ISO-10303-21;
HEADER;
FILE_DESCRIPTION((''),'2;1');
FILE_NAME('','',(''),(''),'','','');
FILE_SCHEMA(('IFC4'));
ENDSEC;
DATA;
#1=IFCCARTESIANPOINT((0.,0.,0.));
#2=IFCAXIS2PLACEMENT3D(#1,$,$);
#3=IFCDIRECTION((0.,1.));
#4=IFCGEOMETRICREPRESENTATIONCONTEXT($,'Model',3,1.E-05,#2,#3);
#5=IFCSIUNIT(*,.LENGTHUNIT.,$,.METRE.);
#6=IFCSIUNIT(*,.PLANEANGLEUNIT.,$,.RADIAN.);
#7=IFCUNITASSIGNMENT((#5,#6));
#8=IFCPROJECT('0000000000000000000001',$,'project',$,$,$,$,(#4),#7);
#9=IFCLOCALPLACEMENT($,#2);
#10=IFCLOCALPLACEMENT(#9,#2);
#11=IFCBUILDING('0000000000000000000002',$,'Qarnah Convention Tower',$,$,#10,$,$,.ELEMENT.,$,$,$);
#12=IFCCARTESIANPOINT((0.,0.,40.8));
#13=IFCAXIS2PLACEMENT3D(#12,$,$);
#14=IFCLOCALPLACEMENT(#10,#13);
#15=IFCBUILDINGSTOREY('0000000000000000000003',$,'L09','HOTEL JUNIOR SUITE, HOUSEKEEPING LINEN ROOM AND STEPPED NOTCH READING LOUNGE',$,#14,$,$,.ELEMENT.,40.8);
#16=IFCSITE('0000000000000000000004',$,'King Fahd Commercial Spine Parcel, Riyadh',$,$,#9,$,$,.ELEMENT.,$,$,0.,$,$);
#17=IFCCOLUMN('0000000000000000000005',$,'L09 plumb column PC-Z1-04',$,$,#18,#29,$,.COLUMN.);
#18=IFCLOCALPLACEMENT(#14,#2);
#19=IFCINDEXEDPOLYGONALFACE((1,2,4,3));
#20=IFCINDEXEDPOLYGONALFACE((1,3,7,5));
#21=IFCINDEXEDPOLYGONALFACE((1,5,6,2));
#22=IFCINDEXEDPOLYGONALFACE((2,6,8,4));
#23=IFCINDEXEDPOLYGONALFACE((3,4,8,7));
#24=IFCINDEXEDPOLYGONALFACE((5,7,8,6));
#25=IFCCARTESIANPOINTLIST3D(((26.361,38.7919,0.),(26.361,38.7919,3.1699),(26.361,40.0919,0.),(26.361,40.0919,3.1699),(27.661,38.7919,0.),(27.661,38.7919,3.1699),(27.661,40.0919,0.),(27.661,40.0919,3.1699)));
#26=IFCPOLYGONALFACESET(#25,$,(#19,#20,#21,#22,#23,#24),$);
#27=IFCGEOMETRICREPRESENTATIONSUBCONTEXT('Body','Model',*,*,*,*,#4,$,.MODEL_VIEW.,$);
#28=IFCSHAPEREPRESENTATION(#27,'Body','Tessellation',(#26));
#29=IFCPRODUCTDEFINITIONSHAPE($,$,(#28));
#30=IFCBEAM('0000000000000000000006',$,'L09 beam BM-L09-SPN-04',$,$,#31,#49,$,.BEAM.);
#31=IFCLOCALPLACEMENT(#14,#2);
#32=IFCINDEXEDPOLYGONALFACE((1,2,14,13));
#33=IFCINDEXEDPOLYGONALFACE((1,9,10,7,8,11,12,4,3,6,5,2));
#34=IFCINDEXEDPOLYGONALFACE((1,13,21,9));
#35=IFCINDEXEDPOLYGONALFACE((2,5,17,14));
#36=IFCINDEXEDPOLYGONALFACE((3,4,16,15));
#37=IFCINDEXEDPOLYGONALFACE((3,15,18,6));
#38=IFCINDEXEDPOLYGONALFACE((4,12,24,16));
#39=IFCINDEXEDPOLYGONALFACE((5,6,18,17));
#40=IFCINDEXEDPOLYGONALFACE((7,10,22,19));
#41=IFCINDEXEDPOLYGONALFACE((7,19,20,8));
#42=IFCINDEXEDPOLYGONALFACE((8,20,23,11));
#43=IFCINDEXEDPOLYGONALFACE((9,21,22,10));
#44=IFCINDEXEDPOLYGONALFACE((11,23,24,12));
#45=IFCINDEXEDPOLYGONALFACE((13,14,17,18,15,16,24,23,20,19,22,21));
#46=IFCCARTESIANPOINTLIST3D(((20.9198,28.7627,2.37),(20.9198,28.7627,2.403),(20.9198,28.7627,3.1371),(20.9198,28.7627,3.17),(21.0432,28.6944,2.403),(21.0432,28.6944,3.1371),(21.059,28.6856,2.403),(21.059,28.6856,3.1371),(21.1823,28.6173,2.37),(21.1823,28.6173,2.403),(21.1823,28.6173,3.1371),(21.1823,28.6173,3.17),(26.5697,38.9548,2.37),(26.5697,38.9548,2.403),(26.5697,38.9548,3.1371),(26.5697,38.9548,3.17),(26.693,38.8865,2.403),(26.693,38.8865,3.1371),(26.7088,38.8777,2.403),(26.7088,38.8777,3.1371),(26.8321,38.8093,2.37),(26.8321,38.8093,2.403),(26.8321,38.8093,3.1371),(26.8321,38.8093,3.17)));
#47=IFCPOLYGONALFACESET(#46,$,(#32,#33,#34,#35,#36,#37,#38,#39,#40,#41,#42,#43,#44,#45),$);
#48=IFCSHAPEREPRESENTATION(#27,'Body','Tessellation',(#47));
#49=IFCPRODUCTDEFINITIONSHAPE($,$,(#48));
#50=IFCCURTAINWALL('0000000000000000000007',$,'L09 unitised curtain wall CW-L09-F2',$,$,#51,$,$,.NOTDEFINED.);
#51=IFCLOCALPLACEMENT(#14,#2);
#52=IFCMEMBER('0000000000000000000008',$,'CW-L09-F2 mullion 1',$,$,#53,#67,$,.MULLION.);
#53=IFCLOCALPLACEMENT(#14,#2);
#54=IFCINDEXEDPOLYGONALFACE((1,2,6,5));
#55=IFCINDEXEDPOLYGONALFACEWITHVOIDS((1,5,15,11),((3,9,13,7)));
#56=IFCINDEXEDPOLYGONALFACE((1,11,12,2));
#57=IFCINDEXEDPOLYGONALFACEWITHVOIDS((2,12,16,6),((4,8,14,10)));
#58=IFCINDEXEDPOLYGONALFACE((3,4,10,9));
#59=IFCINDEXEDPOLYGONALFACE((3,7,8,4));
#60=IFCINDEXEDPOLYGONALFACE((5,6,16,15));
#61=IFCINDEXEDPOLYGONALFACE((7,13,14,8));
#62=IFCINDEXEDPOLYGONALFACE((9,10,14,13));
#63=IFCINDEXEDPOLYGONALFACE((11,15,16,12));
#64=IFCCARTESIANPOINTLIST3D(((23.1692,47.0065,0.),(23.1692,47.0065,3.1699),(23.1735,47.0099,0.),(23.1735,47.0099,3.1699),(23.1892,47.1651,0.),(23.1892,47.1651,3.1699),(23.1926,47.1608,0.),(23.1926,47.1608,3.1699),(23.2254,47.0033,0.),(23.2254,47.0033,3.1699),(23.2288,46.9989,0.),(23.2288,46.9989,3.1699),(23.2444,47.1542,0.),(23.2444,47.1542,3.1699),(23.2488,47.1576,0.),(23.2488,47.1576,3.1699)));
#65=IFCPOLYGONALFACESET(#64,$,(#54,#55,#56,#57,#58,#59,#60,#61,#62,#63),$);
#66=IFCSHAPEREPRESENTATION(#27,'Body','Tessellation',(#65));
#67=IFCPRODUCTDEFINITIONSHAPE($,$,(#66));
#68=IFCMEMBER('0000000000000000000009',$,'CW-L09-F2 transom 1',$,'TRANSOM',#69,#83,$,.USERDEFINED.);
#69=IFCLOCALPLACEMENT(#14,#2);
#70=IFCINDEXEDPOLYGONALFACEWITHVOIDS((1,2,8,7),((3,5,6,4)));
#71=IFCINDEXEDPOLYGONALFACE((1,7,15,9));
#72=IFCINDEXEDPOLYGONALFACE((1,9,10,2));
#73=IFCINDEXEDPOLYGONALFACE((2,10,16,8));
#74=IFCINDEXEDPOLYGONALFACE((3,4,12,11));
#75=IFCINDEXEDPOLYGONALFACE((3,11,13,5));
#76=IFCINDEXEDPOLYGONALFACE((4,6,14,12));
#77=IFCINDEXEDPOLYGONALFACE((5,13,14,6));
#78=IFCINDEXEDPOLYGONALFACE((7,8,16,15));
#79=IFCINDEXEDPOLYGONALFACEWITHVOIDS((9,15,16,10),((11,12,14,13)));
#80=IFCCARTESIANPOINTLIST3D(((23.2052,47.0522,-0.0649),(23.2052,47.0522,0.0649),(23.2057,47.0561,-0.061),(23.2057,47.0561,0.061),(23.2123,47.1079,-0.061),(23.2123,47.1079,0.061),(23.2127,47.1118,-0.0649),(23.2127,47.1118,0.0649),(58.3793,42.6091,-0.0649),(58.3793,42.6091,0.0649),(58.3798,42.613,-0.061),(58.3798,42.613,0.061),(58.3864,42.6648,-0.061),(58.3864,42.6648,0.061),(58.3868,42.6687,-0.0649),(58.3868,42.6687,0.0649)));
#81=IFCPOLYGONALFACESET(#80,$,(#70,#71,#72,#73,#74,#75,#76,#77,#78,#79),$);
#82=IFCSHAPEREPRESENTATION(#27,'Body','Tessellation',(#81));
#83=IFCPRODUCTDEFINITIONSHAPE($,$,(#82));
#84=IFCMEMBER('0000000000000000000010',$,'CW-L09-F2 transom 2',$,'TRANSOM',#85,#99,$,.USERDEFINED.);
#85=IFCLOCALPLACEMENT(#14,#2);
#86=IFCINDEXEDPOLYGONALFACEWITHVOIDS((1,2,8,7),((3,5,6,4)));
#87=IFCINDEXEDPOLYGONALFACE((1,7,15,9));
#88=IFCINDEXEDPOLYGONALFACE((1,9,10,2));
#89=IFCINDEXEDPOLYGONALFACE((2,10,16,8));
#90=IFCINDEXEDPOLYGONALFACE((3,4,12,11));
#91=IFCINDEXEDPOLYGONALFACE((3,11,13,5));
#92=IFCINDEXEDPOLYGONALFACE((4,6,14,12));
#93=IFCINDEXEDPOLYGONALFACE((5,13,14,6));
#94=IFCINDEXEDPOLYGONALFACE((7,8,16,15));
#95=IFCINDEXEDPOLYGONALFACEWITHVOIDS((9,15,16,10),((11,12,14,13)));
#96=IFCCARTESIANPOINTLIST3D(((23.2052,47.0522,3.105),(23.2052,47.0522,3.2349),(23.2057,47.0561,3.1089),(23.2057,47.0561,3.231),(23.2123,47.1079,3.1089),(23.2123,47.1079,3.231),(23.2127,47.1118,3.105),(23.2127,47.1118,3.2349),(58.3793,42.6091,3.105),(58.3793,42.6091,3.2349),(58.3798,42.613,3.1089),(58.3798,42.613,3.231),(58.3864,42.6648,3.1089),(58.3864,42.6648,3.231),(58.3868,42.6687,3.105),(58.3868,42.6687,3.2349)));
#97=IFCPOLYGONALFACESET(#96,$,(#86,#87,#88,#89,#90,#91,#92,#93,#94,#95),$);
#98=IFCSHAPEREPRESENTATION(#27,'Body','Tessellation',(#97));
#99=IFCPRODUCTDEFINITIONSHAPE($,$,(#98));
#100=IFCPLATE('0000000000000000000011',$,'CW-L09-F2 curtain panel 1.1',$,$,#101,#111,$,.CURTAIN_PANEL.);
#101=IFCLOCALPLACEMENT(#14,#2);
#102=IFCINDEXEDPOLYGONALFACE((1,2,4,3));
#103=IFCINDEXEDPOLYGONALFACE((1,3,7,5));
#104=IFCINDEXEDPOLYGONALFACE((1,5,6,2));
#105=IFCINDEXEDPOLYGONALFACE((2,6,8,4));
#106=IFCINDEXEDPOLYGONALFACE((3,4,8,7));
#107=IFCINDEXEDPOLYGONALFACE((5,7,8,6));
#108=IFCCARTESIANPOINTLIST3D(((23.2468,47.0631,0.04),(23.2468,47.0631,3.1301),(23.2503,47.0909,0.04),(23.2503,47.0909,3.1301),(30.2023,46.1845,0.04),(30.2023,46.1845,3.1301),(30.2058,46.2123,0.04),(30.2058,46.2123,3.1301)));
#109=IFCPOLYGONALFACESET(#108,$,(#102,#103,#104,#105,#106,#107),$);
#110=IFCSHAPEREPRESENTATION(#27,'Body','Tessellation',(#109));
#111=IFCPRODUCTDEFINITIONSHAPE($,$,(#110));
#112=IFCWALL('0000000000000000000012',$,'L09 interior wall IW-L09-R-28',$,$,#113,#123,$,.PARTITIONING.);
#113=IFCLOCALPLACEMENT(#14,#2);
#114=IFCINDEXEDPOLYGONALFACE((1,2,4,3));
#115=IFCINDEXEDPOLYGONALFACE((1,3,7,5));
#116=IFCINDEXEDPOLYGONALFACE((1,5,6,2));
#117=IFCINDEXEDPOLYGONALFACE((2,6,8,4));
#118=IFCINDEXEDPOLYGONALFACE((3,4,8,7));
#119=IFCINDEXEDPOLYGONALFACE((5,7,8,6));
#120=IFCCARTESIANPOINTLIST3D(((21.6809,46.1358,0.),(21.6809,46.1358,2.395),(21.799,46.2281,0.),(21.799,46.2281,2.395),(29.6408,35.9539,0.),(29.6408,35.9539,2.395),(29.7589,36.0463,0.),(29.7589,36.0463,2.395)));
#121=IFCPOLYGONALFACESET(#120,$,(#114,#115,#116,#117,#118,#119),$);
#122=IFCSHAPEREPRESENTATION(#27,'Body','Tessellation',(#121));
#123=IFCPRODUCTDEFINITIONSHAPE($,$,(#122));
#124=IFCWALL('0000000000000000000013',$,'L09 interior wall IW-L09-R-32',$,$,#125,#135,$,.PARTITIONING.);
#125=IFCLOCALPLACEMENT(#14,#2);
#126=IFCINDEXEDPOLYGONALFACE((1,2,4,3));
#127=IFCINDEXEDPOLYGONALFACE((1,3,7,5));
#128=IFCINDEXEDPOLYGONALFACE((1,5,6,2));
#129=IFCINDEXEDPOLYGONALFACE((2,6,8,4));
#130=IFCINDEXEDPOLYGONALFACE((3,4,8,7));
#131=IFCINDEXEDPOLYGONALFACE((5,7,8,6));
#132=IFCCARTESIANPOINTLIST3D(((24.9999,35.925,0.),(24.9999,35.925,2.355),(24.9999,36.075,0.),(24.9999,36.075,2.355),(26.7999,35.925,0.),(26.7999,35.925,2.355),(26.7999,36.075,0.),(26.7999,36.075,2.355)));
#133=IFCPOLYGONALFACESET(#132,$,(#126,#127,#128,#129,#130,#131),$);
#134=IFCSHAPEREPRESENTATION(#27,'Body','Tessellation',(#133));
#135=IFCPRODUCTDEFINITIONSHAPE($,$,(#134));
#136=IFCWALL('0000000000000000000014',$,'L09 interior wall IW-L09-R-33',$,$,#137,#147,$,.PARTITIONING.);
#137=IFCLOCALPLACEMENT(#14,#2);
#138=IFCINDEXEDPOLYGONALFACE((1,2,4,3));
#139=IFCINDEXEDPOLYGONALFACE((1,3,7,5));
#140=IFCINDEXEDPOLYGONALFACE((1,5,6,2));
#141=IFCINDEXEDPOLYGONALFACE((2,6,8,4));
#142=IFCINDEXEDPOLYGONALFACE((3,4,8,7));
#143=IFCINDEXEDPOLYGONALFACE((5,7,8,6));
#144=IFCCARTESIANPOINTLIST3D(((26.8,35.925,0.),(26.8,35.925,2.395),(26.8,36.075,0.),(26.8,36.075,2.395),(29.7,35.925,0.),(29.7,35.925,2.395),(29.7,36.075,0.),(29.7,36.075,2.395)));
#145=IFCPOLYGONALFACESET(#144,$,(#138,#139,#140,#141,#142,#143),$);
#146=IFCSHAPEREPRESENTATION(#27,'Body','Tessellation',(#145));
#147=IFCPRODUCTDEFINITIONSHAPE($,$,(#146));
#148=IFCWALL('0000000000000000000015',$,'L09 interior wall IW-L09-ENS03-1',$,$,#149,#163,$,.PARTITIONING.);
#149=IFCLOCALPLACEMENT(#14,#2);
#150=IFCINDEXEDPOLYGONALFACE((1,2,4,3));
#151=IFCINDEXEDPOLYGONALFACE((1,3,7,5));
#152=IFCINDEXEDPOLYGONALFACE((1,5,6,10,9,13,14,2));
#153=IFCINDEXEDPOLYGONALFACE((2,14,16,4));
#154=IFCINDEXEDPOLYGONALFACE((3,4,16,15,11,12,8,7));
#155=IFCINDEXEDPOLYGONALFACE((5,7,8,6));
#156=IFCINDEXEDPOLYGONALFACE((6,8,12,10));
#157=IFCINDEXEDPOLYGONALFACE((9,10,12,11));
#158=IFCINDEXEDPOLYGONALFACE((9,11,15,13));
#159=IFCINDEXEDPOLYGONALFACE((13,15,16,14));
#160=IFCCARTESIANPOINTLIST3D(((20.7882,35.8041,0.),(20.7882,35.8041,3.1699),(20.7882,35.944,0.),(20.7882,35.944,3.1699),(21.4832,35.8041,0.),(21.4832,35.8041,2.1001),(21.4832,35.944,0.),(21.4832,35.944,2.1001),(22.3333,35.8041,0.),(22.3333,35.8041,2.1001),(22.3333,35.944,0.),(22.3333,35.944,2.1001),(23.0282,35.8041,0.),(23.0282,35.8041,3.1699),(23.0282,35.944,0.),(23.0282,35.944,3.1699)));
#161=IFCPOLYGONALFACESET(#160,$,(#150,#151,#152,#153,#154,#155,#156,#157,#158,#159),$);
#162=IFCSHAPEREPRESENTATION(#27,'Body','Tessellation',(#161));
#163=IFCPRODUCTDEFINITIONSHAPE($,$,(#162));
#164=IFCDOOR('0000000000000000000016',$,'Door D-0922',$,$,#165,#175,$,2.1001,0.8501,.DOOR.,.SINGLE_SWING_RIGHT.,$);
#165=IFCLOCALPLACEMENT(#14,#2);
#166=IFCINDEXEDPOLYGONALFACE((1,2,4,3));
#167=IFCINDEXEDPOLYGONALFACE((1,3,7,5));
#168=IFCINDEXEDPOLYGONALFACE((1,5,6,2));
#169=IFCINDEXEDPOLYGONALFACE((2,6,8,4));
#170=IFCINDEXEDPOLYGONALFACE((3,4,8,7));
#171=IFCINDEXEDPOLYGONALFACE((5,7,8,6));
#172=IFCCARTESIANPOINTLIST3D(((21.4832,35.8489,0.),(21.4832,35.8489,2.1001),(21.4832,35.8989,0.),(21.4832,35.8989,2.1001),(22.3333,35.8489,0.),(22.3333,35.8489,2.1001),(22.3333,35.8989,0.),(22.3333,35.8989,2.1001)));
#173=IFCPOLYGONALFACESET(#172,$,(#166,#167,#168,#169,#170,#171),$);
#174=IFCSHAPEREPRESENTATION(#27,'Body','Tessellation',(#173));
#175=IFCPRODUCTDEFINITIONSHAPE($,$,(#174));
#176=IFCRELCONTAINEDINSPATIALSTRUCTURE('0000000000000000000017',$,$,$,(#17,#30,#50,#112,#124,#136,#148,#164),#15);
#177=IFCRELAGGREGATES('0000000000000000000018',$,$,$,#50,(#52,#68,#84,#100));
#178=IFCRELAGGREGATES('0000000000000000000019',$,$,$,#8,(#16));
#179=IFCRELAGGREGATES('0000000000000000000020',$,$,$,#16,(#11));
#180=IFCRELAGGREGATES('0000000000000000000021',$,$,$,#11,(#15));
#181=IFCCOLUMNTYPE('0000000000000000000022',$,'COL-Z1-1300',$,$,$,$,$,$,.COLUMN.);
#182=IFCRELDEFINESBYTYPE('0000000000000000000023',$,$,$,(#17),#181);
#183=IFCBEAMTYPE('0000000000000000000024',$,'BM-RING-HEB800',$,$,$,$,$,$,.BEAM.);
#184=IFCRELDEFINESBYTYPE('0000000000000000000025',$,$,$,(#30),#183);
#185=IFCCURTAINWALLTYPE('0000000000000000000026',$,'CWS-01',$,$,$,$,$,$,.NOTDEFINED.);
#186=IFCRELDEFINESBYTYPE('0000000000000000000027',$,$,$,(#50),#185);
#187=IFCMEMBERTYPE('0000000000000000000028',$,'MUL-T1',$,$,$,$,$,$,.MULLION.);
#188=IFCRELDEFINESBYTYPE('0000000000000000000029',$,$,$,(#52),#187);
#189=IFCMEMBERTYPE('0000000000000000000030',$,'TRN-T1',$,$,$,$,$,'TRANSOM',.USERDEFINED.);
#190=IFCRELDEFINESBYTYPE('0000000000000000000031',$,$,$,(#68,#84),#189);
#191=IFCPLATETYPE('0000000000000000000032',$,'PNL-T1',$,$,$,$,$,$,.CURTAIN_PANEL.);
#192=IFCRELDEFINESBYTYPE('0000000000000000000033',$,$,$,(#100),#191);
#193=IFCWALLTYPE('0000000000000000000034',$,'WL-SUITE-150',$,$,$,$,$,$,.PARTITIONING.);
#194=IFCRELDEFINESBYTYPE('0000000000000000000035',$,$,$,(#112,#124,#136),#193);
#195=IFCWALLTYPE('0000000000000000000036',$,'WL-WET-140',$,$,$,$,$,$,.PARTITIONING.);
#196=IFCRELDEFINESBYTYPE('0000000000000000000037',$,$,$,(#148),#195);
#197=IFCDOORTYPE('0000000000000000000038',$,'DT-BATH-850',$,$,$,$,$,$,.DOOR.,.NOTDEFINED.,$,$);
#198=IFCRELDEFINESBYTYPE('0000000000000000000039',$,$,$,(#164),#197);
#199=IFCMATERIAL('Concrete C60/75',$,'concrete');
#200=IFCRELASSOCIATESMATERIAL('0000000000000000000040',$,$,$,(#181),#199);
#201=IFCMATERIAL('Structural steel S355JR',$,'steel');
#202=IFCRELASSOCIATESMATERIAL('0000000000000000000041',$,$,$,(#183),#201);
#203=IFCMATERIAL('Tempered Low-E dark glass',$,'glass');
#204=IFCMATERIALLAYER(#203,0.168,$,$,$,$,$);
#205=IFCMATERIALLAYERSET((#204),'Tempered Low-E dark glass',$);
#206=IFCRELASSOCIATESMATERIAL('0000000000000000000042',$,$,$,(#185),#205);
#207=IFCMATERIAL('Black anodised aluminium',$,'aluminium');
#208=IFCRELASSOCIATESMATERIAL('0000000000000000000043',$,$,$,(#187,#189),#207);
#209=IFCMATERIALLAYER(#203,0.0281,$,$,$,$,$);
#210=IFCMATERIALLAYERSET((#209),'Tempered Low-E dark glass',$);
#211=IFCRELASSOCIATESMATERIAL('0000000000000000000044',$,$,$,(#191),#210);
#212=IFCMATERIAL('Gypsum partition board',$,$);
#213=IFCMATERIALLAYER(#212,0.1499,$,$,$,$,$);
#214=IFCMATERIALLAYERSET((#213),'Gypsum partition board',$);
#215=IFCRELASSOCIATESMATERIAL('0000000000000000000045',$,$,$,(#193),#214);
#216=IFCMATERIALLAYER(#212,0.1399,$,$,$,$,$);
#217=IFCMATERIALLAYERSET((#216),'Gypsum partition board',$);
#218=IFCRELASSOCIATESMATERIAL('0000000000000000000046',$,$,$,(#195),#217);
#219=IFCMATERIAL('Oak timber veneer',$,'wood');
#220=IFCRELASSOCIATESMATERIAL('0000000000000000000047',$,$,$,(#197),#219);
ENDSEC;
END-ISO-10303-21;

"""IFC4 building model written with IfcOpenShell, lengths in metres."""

from ifc_helpers import new_model, si_unit, direction, frame, frame_2d, origin, origin_2d, place, context, subcontext, project, spatial, rectangle, hollow_rectangle, i_section, extrude, material, layer, layer_set, material_profile, profile_set, type_object, element, fill, aggregate, save


model = new_model("IFC4")

# Units and contexts
model_context = context("Model", 3, precision=1e-05, world=origin(), true_north=direction((0.0, 1.0)))
body_context = subcontext(model_context, "Body", "Model", "MODEL_VIEW")
ifc_project = project(units=[si_unit("LENGTHUNIT", "METRE"), si_unit("PLANEANGLEUNIT", "RADIAN")], contexts=[model_context])

# Site, building, storey
site_placement = place(None, origin())
site = spatial("IfcSite", under=ifc_project, at=site_placement, Name="King Fahd Commercial Spine Parcel, Riyadh", CompositionType="ELEMENT", RefElevation=0.0)
building_placement = place(site_placement, origin())
building = spatial("IfcBuilding", under=site, at=building_placement, Name="Qarnah Convention Tower", CompositionType="ELEMENT")
storey_placement = place(building_placement, frame((0.0, 0.0, 40.8)))
storey = spatial("IfcBuildingStorey", under=building, at=storey_placement, Name="L09", Description="HOTEL JUNIOR SUITE, HOUSEKEEPING LINEN ROOM AND STEPPED NOTCH READING LOUNGE", CompositionType="ELEMENT", Elevation=40.8)

# Column
ifc_material_1 = material(Name="Concrete C60/75", Category="concrete")
ifc_material_profile_1 = material_profile(ifc_material_1, rectangle(XDim=1.3, YDim=1.3, at=origin_2d()), Name="RC-COL-1300X1300")
ifc_profile_set_1 = profile_set([ifc_material_profile_1], Name="Concrete C60/75")
column_type = type_object("IfcColumnType", Name="COL-Z1-1300", PredefinedType="COLUMN", material=ifc_profile_set_1)
column_placement = place(storey_placement, frame((27.011, 39.4419, 0.0), z_axis=(0.0, 0.0, 1.0), x_axis=(1.0, 0.0, 0.0)))
element("IfcColumn", 1, at=column_placement, inside=storey, type_object=column_type, Name="L09 plumb column PC-Z1-04", PredefinedType="COLUMN", context=body_context, shape_type="SweptSolid", body=[
    extrude(rectangle(XDim=1.3, YDim=1.3, at=origin_2d()), origin(), (0.0, 0.0, 1.0), 3.1699),
])

# Beam
ifc_material_2 = material(Name="Structural steel S355JR", Category="steel")
ifc_material_profile_2 = material_profile(ifc_material_2, i_section(OverallWidth=0.3, OverallDepth=0.8, WebThickness=0.0181, FlangeThickness=0.033, at=origin_2d()), Name="HEB800")
ifc_profile_set_2 = profile_set([ifc_material_profile_2], Name="Structural steel S355JR")
beam_type = type_object("IfcBeamType", Name="BM-RING-HEB800", PredefinedType="BEAM", material=ifc_profile_set_2)
beam_placement = place(storey_placement, frame((26.7009, 38.8821, 2.77), z_axis=(-0.48483, -0.874609, 0.0), x_axis=(0.874609, -0.48483, 0.0)))
element("IfcBeam", 2, at=beam_placement, inside=storey, type_object=beam_type, Name="L09 beam BM-L09-SPN-04", PredefinedType="BEAM", context=body_context, shape_type="SweptSolid", body=[
    extrude(i_section(OverallWidth=0.3, OverallDepth=0.8, WebThickness=0.0181, FlangeThickness=0.033, at=origin_2d()), origin(), (0.0, 0.0, 1.0), 11.6533),
])

# Curtain wall, members, plate
ifc_material_3 = material(Name="Tempered Low-E dark glass", Category="glass")
ifc_layer_1 = layer(ifc_material_3, 0.168)
ifc_layer_set_1 = layer_set([ifc_layer_1], Name="Tempered Low-E dark glass")
curtain_wall_type = type_object("IfcCurtainWallType", Name="CWS-01", PredefinedType="NOTDEFINED", material=ifc_layer_set_1)
curtain_wall_placement = place(storey_placement, origin())
curtain_wall = element("IfcCurtainWall", 3, at=curtain_wall_placement, inside=storey, type_object=curtain_wall_type, Name="L09 unitised curtain wall CW-L09-F2", PredefinedType="NOTDEFINED")
ifc_material_4 = material(Name="Black anodised aluminium", Category="aluminium")
ifc_material_profile_3 = material_profile(ifc_material_4, hollow_rectangle(XDim=0.0601, YDim=0.1599, WallThickness=0.0039, at=origin_2d()), Name="MUL-60X160")
ifc_profile_set_3 = profile_set([ifc_material_profile_3], Name="Black anodised aluminium")
member_type_1 = type_object("IfcMemberType", Name="MUL-T1", PredefinedType="MULLION", material=ifc_profile_set_3)
member_1_placement = place(storey_placement, frame((23.209, 47.082, 0.0), z_axis=(0.0, 0.0, 1.0), x_axis=(0.992116, -0.125319, 0.0)))
member_1 = element("IfcMember", 4, at=member_1_placement, type_object=member_type_1, Name="CW-L09-F2 mullion 1", PredefinedType="MULLION", context=body_context, shape_type="SweptSolid", body=[
    extrude(hollow_rectangle(XDim=0.0601, YDim=0.1599, WallThickness=0.0039, at=origin_2d()), origin(), (0.0, 0.0, 1.0), 3.1699),
])
ifc_material_profile_4 = material_profile(ifc_material_4, hollow_rectangle(XDim=0.0601, YDim=0.1299, WallThickness=0.0039, at=origin_2d()), Name="TRN-60X130")
ifc_profile_set_4 = profile_set([ifc_material_profile_4], Name="Black anodised aluminium")
member_type_2 = type_object("IfcMemberType", Name="TRN-T1", ElementType="TRANSOM", PredefinedType="USERDEFINED", material=ifc_profile_set_4)
member_2_placement = place(storey_placement, frame((23.209, 47.082, 0.0), z_axis=(0.992116, -0.125322, 0.0), x_axis=(0.125322, 0.992116, 0.0)))
member_2 = element("IfcMember", 5, at=member_2_placement, type_object=member_type_2, Name="CW-L09-F2 transom 1", ObjectType="TRANSOM", PredefinedType="USERDEFINED", context=body_context, shape_type="SweptSolid", body=[
    extrude(hollow_rectangle(XDim=0.0601, YDim=0.1299, WallThickness=0.0039, at=origin_2d()), origin(), (0.0, 0.0, 1.0), 35.4536),
])
member_3_placement = place(storey_placement, frame((23.209, 47.082, 3.1699), z_axis=(0.992116, -0.125322, 0.0), x_axis=(0.125322, 0.992116, 0.0)))
member_3 = element("IfcMember", 6, at=member_3_placement, type_object=member_type_2, Name="CW-L09-F2 transom 2", ObjectType="TRANSOM", PredefinedType="USERDEFINED", context=body_context, shape_type="SweptSolid", body=[
    extrude(hollow_rectangle(XDim=0.0601, YDim=0.1299, WallThickness=0.0039, at=origin_2d()), origin(), (0.0, 0.0, 1.0), 35.4536),
])
ifc_layer_2 = layer(ifc_material_3, 0.0281)
ifc_layer_set_2 = layer_set([ifc_layer_2], Name="Tempered Low-E dark glass")
plate_type = type_object("IfcPlateType", Name="PNL-T1", PredefinedType="CURTAIN_PANEL", material=ifc_layer_set_2)
plate_placement = place(storey_placement, frame((26.7263, 46.6377, 0.04), z_axis=(0.0, 0.0, 1.0), x_axis=(0.992116, -0.125319, 0.0)))
plate = element("IfcPlate", 7, at=plate_placement, type_object=plate_type, Name="CW-L09-F2 curtain panel 1.1", PredefinedType="CURTAIN_PANEL", context=body_context, shape_type="SweptSolid", body=[
    extrude(rectangle(XDim=7.0107, YDim=0.0281, at=origin_2d()), origin(), (0.0, 0.0, 1.0), 3.0901),
])
aggregate(curtain_wall, [member_1, member_2, member_3, plate])

# Walls
ifc_material_5 = material(Name="Gypsum partition board")
ifc_layer_3 = layer(ifc_material_5, 0.1499)
ifc_layer_set_3 = layer_set([ifc_layer_3], Name="Gypsum partition board")
wall_type_1 = type_object("IfcWallType", Name="WL-SUITE-150", PredefinedType="PARTITIONING", material=ifc_layer_set_3)
wall_1_placement = place(storey_placement, frame((21.74, 46.1819, 0.0), z_axis=(0.0, 0.0, 1.0), x_axis=(0.615902, -0.787823, 0.0)))
element("IfcWall", 8, at=wall_1_placement, inside=storey, type_object=wall_type_1, Name="L09 interior wall IW-L09-R-28", PredefinedType="PARTITIONING", context=body_context, shape_type="SweptSolid", body=[
    extrude(rectangle(XDim=12.9241, YDim=0.1499, at=frame_2d((6.4619, 0.0))), origin(), (0.0, 0.0, 1.0), 2.395),
])
wall_2_placement = place(storey_placement, frame((25.0, 36.0, 0.0), z_axis=(0.0, 0.0, 1.0), x_axis=(1.0, 0.0, 0.0)))
element("IfcWall", 9, at=wall_2_placement, inside=storey, type_object=wall_type_1, Name="L09 interior wall IW-L09-R-32", PredefinedType="PARTITIONING", context=body_context, shape_type="SweptSolid", body=[
    extrude(rectangle(XDim=1.8, YDim=0.1499, at=frame_2d((0.8999, 0.0))), origin(), (0.0, 0.0, 1.0), 2.355),
])
wall_3_placement = place(storey_placement, frame((26.8, 36.0, 0.0), z_axis=(0.0, 0.0, 1.0), x_axis=(1.0, 0.0, 0.0)))
element("IfcWall", 10, at=wall_3_placement, inside=storey, type_object=wall_type_1, Name="L09 interior wall IW-L09-R-33", PredefinedType="PARTITIONING", context=body_context, shape_type="SweptSolid", body=[
    extrude(rectangle(XDim=2.8999, YDim=0.1499, at=frame_2d((1.45, 0.0))), origin(), (0.0, 0.0, 1.0), 2.395),
])

# Wall, opening, door
ifc_layer_4 = layer(ifc_material_5, 0.1399)
ifc_layer_set_4 = layer_set([ifc_layer_4], Name="Gypsum partition board")
wall_type_2 = type_object("IfcWallType", Name="WL-WET-140", PredefinedType="PARTITIONING", material=ifc_layer_set_4)
wall_4_placement = place(storey_placement, frame((20.7881, 35.874, 0.0), z_axis=(0.0, 0.0, 1.0), x_axis=(1.0, 0.0, 0.0)))
wall_4 = element("IfcWall", 11, at=wall_4_placement, inside=storey, type_object=wall_type_2, Name="L09 interior wall IW-L09-ENS03-1", PredefinedType="PARTITIONING", context=body_context, shape_type="SweptSolid", body=[
    extrude(rectangle(XDim=2.24, YDim=0.1399, at=frame_2d((1.1201, 0.0))), origin(), (0.0, 0.0, 1.0), 3.1699),
])
opening_1_placement = place(wall_4_placement, frame((0.6951, 0.0, 0.0)))
opening_1 = element("IfcOpeningElement", 12, at=opening_1_placement, cuts=wall_4, PredefinedType="OPENING", context=body_context, shape_type="SweptSolid", body=[
    extrude(rectangle(XDim=0.8501, YDim=2.1001, at=frame_2d((0.425, 1.05))), frame((0.0, 0.0798, 0.0), z_axis=(0.0, -1.0, 0.0), x_axis=(1.0, 0.0, 0.0)), (0.0, 0.0, 1.0), 0.1599),
])
ifc_material_6 = material(Name="Oak timber veneer", Category="wood")
door_type_1 = type_object("IfcDoorType", Name="DT-BATH-850", OperationType="NOTDEFINED", PredefinedType="DOOR", material=ifc_material_6)
door_1_placement = place(opening_1_placement, origin())
door_1 = element("IfcDoor", 13, at=door_1_placement, inside=storey, type_object=door_type_1, Name="Door D-0922", OperationType="SINGLE_SWING_RIGHT", OverallHeight=2.1001, OverallWidth=0.8501, PredefinedType="DOOR", context=body_context, shape_type="SweptSolid", body=[
    extrude(rectangle(XDim=0.8501, YDim=2.1001, at=frame_2d((0.425, 1.05))), frame((0.0, 0.0249, 0.0), z_axis=(0.0, -1.0, 0.0), x_axis=(1.0, 0.0, 0.0)), (0.0, 0.0, 1.0), 0.05),
])
fill(opening_1, door_1)

save(model, "model.ifc")
